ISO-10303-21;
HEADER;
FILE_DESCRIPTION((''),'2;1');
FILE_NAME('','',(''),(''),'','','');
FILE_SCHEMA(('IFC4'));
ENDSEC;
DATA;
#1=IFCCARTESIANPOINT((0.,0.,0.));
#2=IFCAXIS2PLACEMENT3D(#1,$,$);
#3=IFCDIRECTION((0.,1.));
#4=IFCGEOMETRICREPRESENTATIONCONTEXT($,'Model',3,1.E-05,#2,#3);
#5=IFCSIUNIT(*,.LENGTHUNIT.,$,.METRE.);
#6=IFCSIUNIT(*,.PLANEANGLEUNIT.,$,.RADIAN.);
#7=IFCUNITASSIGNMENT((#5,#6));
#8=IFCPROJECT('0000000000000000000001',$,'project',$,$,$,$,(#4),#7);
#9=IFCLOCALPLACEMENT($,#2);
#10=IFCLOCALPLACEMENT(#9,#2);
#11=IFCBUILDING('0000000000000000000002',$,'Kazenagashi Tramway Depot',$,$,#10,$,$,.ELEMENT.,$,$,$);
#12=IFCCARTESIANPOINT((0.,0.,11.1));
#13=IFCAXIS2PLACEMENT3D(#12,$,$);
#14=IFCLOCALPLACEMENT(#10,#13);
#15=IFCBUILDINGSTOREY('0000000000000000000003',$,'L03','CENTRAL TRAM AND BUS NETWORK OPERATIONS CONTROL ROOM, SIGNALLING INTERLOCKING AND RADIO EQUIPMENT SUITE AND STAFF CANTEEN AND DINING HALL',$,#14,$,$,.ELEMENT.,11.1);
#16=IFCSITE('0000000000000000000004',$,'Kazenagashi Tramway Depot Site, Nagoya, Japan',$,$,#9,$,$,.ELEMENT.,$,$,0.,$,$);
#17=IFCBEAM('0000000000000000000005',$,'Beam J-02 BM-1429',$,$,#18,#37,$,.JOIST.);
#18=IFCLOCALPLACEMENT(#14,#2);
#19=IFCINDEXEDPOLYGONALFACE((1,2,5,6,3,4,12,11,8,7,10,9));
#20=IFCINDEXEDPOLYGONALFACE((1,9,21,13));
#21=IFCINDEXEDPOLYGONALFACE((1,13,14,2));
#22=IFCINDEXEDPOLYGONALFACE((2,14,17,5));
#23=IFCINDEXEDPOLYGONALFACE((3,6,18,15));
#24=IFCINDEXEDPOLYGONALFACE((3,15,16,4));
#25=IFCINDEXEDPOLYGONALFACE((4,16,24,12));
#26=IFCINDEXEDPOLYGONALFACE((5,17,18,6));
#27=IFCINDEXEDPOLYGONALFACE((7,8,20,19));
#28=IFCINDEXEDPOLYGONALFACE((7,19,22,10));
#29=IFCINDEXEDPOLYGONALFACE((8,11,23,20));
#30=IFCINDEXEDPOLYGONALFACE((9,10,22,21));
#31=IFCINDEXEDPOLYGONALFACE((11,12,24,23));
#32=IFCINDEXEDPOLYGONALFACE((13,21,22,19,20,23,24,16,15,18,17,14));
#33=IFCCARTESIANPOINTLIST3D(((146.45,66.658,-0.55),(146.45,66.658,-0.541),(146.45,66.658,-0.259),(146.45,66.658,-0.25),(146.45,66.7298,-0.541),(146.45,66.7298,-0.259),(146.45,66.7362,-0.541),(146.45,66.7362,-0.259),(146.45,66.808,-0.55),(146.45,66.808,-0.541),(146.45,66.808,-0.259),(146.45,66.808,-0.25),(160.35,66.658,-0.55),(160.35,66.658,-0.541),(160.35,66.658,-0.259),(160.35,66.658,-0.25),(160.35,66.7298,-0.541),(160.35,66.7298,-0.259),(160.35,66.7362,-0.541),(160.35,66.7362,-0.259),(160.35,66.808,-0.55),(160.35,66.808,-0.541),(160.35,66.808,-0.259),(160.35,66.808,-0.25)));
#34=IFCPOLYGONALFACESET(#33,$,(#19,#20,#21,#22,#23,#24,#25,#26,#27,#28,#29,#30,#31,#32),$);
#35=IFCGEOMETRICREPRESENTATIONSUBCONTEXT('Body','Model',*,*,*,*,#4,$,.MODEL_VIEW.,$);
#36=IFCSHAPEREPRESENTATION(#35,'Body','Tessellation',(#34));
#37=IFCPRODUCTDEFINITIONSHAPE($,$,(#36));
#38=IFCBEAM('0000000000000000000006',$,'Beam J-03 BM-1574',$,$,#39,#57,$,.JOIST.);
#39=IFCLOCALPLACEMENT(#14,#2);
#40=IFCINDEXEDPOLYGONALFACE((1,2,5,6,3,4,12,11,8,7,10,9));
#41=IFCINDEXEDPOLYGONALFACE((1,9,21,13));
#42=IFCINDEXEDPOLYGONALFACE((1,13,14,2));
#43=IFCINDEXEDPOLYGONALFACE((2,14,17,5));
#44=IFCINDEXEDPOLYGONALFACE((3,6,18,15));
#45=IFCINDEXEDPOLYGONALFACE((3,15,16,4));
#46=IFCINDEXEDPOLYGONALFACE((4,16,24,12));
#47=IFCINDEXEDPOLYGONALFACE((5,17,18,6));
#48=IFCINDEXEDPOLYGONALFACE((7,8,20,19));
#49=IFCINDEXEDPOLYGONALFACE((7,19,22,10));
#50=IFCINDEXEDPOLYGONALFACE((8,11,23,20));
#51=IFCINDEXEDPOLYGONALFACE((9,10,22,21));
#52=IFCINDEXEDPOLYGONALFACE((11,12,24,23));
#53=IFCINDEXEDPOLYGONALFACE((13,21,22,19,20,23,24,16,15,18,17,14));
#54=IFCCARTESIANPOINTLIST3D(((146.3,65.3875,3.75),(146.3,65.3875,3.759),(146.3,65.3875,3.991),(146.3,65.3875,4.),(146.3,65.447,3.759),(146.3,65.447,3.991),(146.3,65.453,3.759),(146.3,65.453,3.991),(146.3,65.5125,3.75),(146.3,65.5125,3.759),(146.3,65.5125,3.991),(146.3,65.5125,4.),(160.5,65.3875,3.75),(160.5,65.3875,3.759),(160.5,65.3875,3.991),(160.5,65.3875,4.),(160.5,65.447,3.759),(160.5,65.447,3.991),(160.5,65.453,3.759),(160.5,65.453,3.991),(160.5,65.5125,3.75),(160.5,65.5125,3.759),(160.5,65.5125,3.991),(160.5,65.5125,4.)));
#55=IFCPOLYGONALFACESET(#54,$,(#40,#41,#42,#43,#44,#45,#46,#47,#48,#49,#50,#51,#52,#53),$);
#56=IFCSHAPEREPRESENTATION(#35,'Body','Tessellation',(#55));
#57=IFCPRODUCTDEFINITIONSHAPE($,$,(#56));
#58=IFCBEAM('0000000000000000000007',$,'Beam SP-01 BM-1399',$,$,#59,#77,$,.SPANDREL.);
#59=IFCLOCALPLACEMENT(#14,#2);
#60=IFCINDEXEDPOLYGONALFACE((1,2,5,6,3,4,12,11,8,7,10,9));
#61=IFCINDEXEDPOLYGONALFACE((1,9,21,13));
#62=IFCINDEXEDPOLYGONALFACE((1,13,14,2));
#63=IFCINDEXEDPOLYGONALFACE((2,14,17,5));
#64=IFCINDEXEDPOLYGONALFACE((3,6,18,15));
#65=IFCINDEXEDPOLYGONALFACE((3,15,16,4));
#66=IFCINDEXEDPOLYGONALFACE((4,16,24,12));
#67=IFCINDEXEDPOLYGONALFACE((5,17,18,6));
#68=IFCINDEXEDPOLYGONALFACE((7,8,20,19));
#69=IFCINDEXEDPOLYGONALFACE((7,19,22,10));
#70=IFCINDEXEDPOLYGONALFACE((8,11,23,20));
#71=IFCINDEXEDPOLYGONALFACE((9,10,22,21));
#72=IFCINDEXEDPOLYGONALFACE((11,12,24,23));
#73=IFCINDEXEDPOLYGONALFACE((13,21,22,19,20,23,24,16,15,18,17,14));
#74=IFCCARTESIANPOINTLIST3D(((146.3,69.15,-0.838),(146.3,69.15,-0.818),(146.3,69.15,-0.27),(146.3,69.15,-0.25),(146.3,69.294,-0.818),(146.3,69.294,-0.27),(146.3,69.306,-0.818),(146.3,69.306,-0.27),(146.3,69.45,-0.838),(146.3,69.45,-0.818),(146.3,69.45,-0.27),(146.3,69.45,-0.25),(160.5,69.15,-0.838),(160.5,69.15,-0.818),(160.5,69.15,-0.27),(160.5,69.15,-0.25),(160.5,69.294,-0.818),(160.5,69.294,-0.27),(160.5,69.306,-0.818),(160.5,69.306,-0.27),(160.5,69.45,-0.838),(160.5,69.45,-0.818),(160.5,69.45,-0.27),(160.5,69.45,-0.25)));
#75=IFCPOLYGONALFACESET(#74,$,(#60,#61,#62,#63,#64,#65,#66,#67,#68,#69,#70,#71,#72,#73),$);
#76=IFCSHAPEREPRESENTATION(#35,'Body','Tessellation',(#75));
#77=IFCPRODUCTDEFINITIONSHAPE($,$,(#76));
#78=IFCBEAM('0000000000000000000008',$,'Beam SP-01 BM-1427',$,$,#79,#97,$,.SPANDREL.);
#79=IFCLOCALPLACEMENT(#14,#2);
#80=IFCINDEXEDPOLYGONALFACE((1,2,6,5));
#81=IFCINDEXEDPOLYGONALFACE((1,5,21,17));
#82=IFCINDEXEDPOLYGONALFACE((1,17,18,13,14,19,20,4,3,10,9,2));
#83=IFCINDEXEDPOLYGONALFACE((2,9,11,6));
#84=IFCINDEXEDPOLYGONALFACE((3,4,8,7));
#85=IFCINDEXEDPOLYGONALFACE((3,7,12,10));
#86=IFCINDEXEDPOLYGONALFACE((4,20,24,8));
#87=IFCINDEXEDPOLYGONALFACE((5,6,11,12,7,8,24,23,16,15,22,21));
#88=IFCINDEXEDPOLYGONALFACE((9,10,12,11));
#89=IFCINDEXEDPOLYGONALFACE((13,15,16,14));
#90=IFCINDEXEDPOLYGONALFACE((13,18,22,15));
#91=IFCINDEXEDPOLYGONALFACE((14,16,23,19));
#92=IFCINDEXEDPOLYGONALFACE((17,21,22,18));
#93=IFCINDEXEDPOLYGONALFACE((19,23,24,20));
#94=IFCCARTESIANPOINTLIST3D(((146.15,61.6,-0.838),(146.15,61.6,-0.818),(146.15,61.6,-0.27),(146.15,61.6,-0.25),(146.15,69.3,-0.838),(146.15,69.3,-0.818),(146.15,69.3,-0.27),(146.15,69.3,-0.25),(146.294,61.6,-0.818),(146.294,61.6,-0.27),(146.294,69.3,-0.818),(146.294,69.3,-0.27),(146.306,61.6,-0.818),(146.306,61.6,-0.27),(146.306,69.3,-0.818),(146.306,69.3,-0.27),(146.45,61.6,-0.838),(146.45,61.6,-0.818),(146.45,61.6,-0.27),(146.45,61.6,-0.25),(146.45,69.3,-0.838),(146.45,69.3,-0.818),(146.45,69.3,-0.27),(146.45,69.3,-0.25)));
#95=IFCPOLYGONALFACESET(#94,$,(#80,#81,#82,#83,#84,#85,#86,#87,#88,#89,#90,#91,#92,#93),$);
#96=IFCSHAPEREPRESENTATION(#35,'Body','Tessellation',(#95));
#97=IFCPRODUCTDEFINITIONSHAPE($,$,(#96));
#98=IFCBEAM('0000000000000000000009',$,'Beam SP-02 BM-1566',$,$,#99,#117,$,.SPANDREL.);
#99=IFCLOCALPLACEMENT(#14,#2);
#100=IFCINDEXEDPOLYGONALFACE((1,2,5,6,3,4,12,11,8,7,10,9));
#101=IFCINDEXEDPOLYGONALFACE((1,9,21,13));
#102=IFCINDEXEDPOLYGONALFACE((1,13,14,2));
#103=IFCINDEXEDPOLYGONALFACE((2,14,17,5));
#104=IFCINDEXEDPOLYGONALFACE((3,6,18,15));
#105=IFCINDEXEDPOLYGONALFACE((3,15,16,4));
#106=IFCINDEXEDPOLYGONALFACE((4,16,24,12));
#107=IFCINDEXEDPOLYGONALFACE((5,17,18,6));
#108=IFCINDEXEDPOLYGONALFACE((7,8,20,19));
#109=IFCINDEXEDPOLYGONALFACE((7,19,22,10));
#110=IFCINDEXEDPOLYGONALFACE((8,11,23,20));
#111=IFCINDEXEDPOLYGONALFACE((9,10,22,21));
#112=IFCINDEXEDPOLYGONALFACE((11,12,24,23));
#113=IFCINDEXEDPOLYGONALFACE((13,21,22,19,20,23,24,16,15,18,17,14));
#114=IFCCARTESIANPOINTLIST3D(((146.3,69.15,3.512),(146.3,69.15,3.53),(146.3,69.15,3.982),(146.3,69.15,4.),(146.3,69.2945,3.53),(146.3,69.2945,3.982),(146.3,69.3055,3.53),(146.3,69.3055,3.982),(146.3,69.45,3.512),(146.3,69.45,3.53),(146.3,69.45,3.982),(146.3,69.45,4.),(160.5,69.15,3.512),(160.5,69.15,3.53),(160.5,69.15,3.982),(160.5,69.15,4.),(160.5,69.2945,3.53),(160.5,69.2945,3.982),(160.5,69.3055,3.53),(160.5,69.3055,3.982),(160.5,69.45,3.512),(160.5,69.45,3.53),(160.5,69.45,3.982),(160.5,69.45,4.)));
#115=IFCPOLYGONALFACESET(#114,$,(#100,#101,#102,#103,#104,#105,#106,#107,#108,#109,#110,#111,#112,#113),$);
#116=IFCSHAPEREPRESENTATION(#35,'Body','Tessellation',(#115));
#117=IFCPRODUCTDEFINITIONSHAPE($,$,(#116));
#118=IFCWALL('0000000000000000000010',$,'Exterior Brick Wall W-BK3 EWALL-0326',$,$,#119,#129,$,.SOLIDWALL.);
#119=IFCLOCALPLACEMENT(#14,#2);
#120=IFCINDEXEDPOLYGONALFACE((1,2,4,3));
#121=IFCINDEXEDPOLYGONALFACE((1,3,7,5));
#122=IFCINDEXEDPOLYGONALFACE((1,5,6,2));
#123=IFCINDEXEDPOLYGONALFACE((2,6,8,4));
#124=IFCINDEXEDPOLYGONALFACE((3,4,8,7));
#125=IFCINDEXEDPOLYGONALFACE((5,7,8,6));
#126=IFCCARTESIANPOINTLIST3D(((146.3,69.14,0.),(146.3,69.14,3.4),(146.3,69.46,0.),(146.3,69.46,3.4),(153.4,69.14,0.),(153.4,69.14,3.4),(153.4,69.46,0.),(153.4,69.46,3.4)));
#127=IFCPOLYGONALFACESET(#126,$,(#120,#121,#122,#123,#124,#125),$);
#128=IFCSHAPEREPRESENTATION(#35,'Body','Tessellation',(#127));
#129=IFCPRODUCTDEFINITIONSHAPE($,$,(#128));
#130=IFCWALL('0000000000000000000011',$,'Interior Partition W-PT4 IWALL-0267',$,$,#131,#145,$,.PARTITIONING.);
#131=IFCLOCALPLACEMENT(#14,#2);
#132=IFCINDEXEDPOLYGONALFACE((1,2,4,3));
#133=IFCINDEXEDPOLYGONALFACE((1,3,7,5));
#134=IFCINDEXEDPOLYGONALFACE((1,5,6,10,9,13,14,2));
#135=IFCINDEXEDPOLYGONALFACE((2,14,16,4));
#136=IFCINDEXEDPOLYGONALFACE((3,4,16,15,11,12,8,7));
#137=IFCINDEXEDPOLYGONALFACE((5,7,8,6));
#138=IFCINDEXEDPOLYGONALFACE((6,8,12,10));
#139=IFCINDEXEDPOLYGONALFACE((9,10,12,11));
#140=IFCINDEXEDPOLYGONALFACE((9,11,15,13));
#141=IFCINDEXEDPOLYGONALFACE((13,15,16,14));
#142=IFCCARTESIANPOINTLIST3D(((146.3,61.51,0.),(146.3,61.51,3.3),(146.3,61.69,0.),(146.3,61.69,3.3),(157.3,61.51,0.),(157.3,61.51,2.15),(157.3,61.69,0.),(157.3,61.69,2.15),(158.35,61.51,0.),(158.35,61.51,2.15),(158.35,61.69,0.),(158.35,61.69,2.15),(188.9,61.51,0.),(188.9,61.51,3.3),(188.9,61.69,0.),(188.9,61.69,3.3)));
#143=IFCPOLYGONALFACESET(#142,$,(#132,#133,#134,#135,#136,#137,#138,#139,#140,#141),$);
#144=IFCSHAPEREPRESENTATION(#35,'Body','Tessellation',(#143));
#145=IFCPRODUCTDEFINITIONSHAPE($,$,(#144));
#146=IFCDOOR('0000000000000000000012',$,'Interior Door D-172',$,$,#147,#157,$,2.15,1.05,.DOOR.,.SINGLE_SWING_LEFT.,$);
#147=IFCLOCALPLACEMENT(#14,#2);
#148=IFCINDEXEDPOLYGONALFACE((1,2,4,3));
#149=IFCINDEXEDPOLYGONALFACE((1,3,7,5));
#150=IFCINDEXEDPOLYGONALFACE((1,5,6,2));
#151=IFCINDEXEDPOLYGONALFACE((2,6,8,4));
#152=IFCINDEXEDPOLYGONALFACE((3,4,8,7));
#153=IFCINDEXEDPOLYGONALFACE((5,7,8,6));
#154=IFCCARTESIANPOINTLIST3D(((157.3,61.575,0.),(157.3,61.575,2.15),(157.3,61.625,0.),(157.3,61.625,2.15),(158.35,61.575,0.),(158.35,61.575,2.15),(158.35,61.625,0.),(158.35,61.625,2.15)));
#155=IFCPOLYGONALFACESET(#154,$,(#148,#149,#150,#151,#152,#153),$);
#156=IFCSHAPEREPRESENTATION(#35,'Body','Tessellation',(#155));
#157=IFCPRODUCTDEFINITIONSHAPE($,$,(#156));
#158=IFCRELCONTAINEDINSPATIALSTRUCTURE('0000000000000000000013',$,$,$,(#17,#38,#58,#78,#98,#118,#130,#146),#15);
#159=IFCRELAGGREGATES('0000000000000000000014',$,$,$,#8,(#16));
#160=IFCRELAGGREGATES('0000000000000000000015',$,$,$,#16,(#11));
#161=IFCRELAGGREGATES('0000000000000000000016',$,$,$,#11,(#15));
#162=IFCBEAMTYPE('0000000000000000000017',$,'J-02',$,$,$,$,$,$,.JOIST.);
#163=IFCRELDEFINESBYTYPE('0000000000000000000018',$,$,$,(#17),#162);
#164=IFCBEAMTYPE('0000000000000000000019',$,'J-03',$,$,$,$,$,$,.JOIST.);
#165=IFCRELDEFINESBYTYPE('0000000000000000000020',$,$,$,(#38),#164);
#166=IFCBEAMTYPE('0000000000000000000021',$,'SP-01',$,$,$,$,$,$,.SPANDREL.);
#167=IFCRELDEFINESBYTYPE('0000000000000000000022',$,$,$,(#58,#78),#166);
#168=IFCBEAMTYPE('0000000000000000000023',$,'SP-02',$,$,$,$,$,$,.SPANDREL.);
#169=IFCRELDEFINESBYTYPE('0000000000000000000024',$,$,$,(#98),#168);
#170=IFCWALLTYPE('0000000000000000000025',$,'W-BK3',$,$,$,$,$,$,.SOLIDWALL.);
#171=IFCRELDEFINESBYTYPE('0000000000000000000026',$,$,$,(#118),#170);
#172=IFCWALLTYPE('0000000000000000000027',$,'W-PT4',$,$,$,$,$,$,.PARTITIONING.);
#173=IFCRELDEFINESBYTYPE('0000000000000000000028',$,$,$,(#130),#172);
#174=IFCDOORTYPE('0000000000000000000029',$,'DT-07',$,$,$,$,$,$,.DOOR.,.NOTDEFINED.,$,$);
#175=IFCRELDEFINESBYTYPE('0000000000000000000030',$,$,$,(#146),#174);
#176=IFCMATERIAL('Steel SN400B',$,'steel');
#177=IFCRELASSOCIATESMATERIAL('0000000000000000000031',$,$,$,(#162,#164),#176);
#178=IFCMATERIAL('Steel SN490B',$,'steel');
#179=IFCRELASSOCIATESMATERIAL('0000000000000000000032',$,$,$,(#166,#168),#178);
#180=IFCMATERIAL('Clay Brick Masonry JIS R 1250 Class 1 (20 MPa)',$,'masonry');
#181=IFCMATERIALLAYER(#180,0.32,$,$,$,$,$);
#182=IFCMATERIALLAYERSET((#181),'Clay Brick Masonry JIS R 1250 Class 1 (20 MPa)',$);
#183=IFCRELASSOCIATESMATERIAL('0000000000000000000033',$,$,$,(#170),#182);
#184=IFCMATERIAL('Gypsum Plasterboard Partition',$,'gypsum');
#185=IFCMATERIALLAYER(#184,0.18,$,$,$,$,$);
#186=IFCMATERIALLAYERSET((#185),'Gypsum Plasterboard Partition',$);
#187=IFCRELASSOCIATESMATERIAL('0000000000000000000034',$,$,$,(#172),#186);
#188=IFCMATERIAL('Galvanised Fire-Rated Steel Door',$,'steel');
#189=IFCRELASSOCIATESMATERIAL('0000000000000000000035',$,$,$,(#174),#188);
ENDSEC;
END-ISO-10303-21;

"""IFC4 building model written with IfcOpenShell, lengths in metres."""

from ifc_helpers import new_model, si_unit, direction, frame, frame_2d, origin, origin_2d, place, context, subcontext, project, spatial, rectangle, i_section, extrude, material, layer, layer_set, material_profile, profile_set, type_object, element, fill, save


model = new_model("IFC4")

# Units and contexts
model_context = context("Model", 3, precision=1e-05, world=origin(), true_north=direction((0.0, 1.0)))
body_context = subcontext(model_context, "Body", "Model", "MODEL_VIEW")
ifc_project = project(units=[si_unit("LENGTHUNIT", "METRE"), si_unit("PLANEANGLEUNIT", "RADIAN")], contexts=[model_context])

# Site, building, storey
site_placement = place(None, origin())
site = spatial("IfcSite", under=ifc_project, at=site_placement, Name="Kazenagashi Tramway Depot Site, Nagoya, Japan", CompositionType="ELEMENT", RefElevation=0.0)
building_placement = place(site_placement, origin())
building = spatial("IfcBuilding", under=site, at=building_placement, Name="Kazenagashi Tramway Depot", CompositionType="ELEMENT")
storey_placement = place(building_placement, frame((0.0, 0.0, 11.1)))
storey = spatial("IfcBuildingStorey", under=building, at=storey_placement, Name="L03", Description="CENTRAL TRAM AND BUS NETWORK OPERATIONS CONTROL ROOM, SIGNALLING INTERLOCKING AND RADIO EQUIPMENT SUITE AND STAFF CANTEEN AND DINING HALL", CompositionType="ELEMENT", Elevation=11.1)

# Shared definitions
ifc_material_1 = material(Name="Steel SN490B", Category="steel")

# Beams
ifc_material_2 = material(Name="Steel SN400B", Category="steel")
ifc_material_profile_1 = material_profile(ifc_material_2, i_section(OverallWidth=0.15, OverallDepth=0.3, WebThickness=0.0065, FlangeThickness=0.009, at=origin_2d()), Name="H-300x150x6.5x9")
ifc_profile_set_1 = profile_set([ifc_material_profile_1], Name="Steel SN400B")
beam_type_1 = type_object("IfcBeamType", Name="J-02", PredefinedType="JOIST", material=ifc_profile_set_1)
for number, where, z_axis, x_axis, name in (
    (1, (146.45, 66.733, -0.4), (1.0, 0.0, 0.0), (0.0, 1.0, 0.0), "Beam J-02 BM-1429"),
):
    element("IfcBeam", number, at=place(storey_placement, frame(where, z_axis=z_axis, x_axis=x_axis)), inside=storey, type_object=beam_type_1, Name=name, PredefinedType="JOIST", context=body_context, shape_type="SweptSolid", body=[
        extrude(i_section(OverallWidth=0.15, OverallDepth=0.3, WebThickness=0.0065, FlangeThickness=0.009, at=origin_2d()), origin(), (0.0, 0.0, 1.0), 13.9),
    ])
ifc_material_profile_2 = material_profile(ifc_material_2, i_section(OverallWidth=0.125, OverallDepth=0.25, WebThickness=0.006, FlangeThickness=0.009, at=origin_2d()), Name="H-250x125x6x9")
ifc_profile_set_2 = profile_set([ifc_material_profile_2], Name="Steel SN400B")
beam_type_2 = type_object("IfcBeamType", Name="J-03", PredefinedType="JOIST", material=ifc_profile_set_2)
beam_1_placement = place(storey_placement, frame((146.3, 65.45, 3.875), z_axis=(1.0, 0.0, 0.0), x_axis=(0.0, 1.0, 0.0)))
element("IfcBeam", 2, at=beam_1_placement, inside=storey, type_object=beam_type_2, Name="Beam J-03 BM-1574", PredefinedType="JOIST", context=body_context, shape_type="SweptSolid", body=[
    extrude(i_section(OverallWidth=0.125, OverallDepth=0.25, WebThickness=0.006, FlangeThickness=0.009, at=origin_2d()), origin(), (0.0, 0.0, 1.0), 14.2),
])
ifc_material_profile_3 = material_profile(ifc_material_1, i_section(OverallWidth=0.3, OverallDepth=0.588, WebThickness=0.012, FlangeThickness=0.02, at=origin_2d()), Name="H-588x300x12x20")
ifc_profile_set_3 = profile_set([ifc_material_profile_3], Name="Steel SN490B")
beam_type_3 = type_object("IfcBeamType", Name="SP-01", PredefinedType="SPANDREL", material=ifc_profile_set_3)
beam_2_placement = place(storey_placement, frame((146.3, 69.3, -0.544), z_axis=(1.0, 0.0, 0.0), x_axis=(0.0, 1.0, 0.0)))
element("IfcBeam", 3, at=beam_2_placement, inside=storey, type_object=beam_type_3, Name="Beam SP-01 BM-1399", PredefinedType="SPANDREL", context=body_context, shape_type="SweptSolid", body=[
    extrude(i_section(OverallWidth=0.3, OverallDepth=0.588, WebThickness=0.012, FlangeThickness=0.02, at=origin_2d()), origin(), (0.0, 0.0, 1.0), 14.2),
])
beam_3_placement = place(storey_placement, frame((146.3, 61.6, -0.544), z_axis=(0.0, 1.0, 0.0), x_axis=(-1.0, 0.0, 0.0)))
element("IfcBeam", 4, at=beam_3_placement, inside=storey, type_object=beam_type_3, Name="Beam SP-01 BM-1427", PredefinedType="SPANDREL", context=body_context, shape_type="SweptSolid", body=[
    extrude(i_section(OverallWidth=0.3, OverallDepth=0.588, WebThickness=0.012, FlangeThickness=0.02, at=origin_2d()), origin(), (0.0, 0.0, 1.0), 7.7),
])
ifc_material_profile_4 = material_profile(ifc_material_1, i_section(OverallWidth=0.3, OverallDepth=0.488, WebThickness=0.011, FlangeThickness=0.018, at=origin_2d()), Name="H-488x300x11x18")
ifc_profile_set_4 = profile_set([ifc_material_profile_4], Name="Steel SN490B")
beam_type_4 = type_object("IfcBeamType", Name="SP-02", PredefinedType="SPANDREL", material=ifc_profile_set_4)
beam_4_placement = place(storey_placement, frame((146.3, 69.3, 3.756), z_axis=(1.0, 0.0, 0.0), x_axis=(0.0, 1.0, 0.0)))
element("IfcBeam", 5, at=beam_4_placement, inside=storey, type_object=beam_type_4, Name="Beam SP-02 BM-1566", PredefinedType="SPANDREL", context=body_context, shape_type="SweptSolid", body=[
    extrude(i_section(OverallWidth=0.3, OverallDepth=0.488, WebThickness=0.011, FlangeThickness=0.018, at=origin_2d()), origin(), (0.0, 0.0, 1.0), 14.2),
])

# Wall
ifc_material_3 = material(Name="Clay Brick Masonry JIS R 1250 Class 1 (20 MPa)", Category="masonry")
ifc_layer_1 = layer(ifc_material_3, 0.32)
ifc_layer_set_1 = layer_set([ifc_layer_1], Name="Clay Brick Masonry JIS R 1250 Class 1 (20 MPa)")
wall_type_1 = type_object("IfcWallType", Name="W-BK3", PredefinedType="SOLIDWALL", material=ifc_layer_set_1)
wall_1_placement = place(storey_placement, frame((146.3, 69.3, 0.0), z_axis=(0.0, 0.0, 1.0), x_axis=(1.0, 0.0, 0.0)))
element("IfcWall", 6, at=wall_1_placement, inside=storey, type_object=wall_type_1, Name="Exterior Brick Wall W-BK3 EWALL-0326", PredefinedType="SOLIDWALL", context=body_context, shape_type="SweptSolid", body=[
    extrude(rectangle(XDim=7.1, YDim=0.32, at=frame_2d((3.55, 0.0))), origin(), (0.0, 0.0, 1.0), 3.4),
])

# Wall, opening, door
ifc_material_4 = material(Name="Gypsum Plasterboard Partition", Category="gypsum")
ifc_layer_2 = layer(ifc_material_4, 0.18)
ifc_layer_set_2 = layer_set([ifc_layer_2], Name="Gypsum Plasterboard Partition")
wall_type_2 = type_object("IfcWallType", Name="W-PT4", PredefinedType="PARTITIONING", material=ifc_layer_set_2)
wall_2_placement = place(storey_placement, frame((146.3, 61.6, 0.0), z_axis=(0.0, 0.0, 1.0), x_axis=(1.0, 0.0, 0.0)))
wall_2 = element("IfcWall", 7, at=wall_2_placement, inside=storey, type_object=wall_type_2, Name="Interior Partition W-PT4 IWALL-0267", PredefinedType="PARTITIONING", context=body_context, shape_type="SweptSolid", body=[
    extrude(rectangle(XDim=42.6, YDim=0.18, at=frame_2d((21.3, 0.0))), origin(), (0.0, 0.0, 1.0), 3.3),
])
opening_placement = place(wall_2_placement, frame((11.0, 0.0, 0.0)))
opening = element("IfcOpeningElement", 8, at=opening_placement, cuts=wall_2, PredefinedType="OPENING", context=body_context, shape_type="SweptSolid", body=[
    extrude(rectangle(XDim=1.05, YDim=2.15, at=frame_2d((0.525, 1.075))), frame((0.0, 0.1, 0.0), z_axis=(0.0, -1.0, 0.0), x_axis=(1.0, 0.0, 0.0)), (0.0, 0.0, 1.0), 0.2),
])
ifc_material_5 = material(Name="Galvanised Fire-Rated Steel Door", Category="steel")
door_type = type_object("IfcDoorType", Name="DT-07", OperationType="NOTDEFINED", PredefinedType="DOOR", material=ifc_material_5)
door_placement = place(opening_placement, origin())
door = element("IfcDoor", 9, at=door_placement, inside=storey, type_object=door_type, Name="Interior Door D-172", OperationType="SINGLE_SWING_LEFT", OverallHeight=2.15, OverallWidth=1.05, PredefinedType="DOOR", context=body_context, shape_type="SweptSolid", body=[
    extrude(rectangle(XDim=1.05, YDim=2.15, at=frame_2d((0.525, 1.075))), frame((0.0, 0.025, 0.0), z_axis=(0.0, -1.0, 0.0), x_axis=(1.0, 0.0, 0.0)), (0.0, 0.0, 1.0), 0.05),
])
fill(opening, door)

save(model, "model.ifc")
